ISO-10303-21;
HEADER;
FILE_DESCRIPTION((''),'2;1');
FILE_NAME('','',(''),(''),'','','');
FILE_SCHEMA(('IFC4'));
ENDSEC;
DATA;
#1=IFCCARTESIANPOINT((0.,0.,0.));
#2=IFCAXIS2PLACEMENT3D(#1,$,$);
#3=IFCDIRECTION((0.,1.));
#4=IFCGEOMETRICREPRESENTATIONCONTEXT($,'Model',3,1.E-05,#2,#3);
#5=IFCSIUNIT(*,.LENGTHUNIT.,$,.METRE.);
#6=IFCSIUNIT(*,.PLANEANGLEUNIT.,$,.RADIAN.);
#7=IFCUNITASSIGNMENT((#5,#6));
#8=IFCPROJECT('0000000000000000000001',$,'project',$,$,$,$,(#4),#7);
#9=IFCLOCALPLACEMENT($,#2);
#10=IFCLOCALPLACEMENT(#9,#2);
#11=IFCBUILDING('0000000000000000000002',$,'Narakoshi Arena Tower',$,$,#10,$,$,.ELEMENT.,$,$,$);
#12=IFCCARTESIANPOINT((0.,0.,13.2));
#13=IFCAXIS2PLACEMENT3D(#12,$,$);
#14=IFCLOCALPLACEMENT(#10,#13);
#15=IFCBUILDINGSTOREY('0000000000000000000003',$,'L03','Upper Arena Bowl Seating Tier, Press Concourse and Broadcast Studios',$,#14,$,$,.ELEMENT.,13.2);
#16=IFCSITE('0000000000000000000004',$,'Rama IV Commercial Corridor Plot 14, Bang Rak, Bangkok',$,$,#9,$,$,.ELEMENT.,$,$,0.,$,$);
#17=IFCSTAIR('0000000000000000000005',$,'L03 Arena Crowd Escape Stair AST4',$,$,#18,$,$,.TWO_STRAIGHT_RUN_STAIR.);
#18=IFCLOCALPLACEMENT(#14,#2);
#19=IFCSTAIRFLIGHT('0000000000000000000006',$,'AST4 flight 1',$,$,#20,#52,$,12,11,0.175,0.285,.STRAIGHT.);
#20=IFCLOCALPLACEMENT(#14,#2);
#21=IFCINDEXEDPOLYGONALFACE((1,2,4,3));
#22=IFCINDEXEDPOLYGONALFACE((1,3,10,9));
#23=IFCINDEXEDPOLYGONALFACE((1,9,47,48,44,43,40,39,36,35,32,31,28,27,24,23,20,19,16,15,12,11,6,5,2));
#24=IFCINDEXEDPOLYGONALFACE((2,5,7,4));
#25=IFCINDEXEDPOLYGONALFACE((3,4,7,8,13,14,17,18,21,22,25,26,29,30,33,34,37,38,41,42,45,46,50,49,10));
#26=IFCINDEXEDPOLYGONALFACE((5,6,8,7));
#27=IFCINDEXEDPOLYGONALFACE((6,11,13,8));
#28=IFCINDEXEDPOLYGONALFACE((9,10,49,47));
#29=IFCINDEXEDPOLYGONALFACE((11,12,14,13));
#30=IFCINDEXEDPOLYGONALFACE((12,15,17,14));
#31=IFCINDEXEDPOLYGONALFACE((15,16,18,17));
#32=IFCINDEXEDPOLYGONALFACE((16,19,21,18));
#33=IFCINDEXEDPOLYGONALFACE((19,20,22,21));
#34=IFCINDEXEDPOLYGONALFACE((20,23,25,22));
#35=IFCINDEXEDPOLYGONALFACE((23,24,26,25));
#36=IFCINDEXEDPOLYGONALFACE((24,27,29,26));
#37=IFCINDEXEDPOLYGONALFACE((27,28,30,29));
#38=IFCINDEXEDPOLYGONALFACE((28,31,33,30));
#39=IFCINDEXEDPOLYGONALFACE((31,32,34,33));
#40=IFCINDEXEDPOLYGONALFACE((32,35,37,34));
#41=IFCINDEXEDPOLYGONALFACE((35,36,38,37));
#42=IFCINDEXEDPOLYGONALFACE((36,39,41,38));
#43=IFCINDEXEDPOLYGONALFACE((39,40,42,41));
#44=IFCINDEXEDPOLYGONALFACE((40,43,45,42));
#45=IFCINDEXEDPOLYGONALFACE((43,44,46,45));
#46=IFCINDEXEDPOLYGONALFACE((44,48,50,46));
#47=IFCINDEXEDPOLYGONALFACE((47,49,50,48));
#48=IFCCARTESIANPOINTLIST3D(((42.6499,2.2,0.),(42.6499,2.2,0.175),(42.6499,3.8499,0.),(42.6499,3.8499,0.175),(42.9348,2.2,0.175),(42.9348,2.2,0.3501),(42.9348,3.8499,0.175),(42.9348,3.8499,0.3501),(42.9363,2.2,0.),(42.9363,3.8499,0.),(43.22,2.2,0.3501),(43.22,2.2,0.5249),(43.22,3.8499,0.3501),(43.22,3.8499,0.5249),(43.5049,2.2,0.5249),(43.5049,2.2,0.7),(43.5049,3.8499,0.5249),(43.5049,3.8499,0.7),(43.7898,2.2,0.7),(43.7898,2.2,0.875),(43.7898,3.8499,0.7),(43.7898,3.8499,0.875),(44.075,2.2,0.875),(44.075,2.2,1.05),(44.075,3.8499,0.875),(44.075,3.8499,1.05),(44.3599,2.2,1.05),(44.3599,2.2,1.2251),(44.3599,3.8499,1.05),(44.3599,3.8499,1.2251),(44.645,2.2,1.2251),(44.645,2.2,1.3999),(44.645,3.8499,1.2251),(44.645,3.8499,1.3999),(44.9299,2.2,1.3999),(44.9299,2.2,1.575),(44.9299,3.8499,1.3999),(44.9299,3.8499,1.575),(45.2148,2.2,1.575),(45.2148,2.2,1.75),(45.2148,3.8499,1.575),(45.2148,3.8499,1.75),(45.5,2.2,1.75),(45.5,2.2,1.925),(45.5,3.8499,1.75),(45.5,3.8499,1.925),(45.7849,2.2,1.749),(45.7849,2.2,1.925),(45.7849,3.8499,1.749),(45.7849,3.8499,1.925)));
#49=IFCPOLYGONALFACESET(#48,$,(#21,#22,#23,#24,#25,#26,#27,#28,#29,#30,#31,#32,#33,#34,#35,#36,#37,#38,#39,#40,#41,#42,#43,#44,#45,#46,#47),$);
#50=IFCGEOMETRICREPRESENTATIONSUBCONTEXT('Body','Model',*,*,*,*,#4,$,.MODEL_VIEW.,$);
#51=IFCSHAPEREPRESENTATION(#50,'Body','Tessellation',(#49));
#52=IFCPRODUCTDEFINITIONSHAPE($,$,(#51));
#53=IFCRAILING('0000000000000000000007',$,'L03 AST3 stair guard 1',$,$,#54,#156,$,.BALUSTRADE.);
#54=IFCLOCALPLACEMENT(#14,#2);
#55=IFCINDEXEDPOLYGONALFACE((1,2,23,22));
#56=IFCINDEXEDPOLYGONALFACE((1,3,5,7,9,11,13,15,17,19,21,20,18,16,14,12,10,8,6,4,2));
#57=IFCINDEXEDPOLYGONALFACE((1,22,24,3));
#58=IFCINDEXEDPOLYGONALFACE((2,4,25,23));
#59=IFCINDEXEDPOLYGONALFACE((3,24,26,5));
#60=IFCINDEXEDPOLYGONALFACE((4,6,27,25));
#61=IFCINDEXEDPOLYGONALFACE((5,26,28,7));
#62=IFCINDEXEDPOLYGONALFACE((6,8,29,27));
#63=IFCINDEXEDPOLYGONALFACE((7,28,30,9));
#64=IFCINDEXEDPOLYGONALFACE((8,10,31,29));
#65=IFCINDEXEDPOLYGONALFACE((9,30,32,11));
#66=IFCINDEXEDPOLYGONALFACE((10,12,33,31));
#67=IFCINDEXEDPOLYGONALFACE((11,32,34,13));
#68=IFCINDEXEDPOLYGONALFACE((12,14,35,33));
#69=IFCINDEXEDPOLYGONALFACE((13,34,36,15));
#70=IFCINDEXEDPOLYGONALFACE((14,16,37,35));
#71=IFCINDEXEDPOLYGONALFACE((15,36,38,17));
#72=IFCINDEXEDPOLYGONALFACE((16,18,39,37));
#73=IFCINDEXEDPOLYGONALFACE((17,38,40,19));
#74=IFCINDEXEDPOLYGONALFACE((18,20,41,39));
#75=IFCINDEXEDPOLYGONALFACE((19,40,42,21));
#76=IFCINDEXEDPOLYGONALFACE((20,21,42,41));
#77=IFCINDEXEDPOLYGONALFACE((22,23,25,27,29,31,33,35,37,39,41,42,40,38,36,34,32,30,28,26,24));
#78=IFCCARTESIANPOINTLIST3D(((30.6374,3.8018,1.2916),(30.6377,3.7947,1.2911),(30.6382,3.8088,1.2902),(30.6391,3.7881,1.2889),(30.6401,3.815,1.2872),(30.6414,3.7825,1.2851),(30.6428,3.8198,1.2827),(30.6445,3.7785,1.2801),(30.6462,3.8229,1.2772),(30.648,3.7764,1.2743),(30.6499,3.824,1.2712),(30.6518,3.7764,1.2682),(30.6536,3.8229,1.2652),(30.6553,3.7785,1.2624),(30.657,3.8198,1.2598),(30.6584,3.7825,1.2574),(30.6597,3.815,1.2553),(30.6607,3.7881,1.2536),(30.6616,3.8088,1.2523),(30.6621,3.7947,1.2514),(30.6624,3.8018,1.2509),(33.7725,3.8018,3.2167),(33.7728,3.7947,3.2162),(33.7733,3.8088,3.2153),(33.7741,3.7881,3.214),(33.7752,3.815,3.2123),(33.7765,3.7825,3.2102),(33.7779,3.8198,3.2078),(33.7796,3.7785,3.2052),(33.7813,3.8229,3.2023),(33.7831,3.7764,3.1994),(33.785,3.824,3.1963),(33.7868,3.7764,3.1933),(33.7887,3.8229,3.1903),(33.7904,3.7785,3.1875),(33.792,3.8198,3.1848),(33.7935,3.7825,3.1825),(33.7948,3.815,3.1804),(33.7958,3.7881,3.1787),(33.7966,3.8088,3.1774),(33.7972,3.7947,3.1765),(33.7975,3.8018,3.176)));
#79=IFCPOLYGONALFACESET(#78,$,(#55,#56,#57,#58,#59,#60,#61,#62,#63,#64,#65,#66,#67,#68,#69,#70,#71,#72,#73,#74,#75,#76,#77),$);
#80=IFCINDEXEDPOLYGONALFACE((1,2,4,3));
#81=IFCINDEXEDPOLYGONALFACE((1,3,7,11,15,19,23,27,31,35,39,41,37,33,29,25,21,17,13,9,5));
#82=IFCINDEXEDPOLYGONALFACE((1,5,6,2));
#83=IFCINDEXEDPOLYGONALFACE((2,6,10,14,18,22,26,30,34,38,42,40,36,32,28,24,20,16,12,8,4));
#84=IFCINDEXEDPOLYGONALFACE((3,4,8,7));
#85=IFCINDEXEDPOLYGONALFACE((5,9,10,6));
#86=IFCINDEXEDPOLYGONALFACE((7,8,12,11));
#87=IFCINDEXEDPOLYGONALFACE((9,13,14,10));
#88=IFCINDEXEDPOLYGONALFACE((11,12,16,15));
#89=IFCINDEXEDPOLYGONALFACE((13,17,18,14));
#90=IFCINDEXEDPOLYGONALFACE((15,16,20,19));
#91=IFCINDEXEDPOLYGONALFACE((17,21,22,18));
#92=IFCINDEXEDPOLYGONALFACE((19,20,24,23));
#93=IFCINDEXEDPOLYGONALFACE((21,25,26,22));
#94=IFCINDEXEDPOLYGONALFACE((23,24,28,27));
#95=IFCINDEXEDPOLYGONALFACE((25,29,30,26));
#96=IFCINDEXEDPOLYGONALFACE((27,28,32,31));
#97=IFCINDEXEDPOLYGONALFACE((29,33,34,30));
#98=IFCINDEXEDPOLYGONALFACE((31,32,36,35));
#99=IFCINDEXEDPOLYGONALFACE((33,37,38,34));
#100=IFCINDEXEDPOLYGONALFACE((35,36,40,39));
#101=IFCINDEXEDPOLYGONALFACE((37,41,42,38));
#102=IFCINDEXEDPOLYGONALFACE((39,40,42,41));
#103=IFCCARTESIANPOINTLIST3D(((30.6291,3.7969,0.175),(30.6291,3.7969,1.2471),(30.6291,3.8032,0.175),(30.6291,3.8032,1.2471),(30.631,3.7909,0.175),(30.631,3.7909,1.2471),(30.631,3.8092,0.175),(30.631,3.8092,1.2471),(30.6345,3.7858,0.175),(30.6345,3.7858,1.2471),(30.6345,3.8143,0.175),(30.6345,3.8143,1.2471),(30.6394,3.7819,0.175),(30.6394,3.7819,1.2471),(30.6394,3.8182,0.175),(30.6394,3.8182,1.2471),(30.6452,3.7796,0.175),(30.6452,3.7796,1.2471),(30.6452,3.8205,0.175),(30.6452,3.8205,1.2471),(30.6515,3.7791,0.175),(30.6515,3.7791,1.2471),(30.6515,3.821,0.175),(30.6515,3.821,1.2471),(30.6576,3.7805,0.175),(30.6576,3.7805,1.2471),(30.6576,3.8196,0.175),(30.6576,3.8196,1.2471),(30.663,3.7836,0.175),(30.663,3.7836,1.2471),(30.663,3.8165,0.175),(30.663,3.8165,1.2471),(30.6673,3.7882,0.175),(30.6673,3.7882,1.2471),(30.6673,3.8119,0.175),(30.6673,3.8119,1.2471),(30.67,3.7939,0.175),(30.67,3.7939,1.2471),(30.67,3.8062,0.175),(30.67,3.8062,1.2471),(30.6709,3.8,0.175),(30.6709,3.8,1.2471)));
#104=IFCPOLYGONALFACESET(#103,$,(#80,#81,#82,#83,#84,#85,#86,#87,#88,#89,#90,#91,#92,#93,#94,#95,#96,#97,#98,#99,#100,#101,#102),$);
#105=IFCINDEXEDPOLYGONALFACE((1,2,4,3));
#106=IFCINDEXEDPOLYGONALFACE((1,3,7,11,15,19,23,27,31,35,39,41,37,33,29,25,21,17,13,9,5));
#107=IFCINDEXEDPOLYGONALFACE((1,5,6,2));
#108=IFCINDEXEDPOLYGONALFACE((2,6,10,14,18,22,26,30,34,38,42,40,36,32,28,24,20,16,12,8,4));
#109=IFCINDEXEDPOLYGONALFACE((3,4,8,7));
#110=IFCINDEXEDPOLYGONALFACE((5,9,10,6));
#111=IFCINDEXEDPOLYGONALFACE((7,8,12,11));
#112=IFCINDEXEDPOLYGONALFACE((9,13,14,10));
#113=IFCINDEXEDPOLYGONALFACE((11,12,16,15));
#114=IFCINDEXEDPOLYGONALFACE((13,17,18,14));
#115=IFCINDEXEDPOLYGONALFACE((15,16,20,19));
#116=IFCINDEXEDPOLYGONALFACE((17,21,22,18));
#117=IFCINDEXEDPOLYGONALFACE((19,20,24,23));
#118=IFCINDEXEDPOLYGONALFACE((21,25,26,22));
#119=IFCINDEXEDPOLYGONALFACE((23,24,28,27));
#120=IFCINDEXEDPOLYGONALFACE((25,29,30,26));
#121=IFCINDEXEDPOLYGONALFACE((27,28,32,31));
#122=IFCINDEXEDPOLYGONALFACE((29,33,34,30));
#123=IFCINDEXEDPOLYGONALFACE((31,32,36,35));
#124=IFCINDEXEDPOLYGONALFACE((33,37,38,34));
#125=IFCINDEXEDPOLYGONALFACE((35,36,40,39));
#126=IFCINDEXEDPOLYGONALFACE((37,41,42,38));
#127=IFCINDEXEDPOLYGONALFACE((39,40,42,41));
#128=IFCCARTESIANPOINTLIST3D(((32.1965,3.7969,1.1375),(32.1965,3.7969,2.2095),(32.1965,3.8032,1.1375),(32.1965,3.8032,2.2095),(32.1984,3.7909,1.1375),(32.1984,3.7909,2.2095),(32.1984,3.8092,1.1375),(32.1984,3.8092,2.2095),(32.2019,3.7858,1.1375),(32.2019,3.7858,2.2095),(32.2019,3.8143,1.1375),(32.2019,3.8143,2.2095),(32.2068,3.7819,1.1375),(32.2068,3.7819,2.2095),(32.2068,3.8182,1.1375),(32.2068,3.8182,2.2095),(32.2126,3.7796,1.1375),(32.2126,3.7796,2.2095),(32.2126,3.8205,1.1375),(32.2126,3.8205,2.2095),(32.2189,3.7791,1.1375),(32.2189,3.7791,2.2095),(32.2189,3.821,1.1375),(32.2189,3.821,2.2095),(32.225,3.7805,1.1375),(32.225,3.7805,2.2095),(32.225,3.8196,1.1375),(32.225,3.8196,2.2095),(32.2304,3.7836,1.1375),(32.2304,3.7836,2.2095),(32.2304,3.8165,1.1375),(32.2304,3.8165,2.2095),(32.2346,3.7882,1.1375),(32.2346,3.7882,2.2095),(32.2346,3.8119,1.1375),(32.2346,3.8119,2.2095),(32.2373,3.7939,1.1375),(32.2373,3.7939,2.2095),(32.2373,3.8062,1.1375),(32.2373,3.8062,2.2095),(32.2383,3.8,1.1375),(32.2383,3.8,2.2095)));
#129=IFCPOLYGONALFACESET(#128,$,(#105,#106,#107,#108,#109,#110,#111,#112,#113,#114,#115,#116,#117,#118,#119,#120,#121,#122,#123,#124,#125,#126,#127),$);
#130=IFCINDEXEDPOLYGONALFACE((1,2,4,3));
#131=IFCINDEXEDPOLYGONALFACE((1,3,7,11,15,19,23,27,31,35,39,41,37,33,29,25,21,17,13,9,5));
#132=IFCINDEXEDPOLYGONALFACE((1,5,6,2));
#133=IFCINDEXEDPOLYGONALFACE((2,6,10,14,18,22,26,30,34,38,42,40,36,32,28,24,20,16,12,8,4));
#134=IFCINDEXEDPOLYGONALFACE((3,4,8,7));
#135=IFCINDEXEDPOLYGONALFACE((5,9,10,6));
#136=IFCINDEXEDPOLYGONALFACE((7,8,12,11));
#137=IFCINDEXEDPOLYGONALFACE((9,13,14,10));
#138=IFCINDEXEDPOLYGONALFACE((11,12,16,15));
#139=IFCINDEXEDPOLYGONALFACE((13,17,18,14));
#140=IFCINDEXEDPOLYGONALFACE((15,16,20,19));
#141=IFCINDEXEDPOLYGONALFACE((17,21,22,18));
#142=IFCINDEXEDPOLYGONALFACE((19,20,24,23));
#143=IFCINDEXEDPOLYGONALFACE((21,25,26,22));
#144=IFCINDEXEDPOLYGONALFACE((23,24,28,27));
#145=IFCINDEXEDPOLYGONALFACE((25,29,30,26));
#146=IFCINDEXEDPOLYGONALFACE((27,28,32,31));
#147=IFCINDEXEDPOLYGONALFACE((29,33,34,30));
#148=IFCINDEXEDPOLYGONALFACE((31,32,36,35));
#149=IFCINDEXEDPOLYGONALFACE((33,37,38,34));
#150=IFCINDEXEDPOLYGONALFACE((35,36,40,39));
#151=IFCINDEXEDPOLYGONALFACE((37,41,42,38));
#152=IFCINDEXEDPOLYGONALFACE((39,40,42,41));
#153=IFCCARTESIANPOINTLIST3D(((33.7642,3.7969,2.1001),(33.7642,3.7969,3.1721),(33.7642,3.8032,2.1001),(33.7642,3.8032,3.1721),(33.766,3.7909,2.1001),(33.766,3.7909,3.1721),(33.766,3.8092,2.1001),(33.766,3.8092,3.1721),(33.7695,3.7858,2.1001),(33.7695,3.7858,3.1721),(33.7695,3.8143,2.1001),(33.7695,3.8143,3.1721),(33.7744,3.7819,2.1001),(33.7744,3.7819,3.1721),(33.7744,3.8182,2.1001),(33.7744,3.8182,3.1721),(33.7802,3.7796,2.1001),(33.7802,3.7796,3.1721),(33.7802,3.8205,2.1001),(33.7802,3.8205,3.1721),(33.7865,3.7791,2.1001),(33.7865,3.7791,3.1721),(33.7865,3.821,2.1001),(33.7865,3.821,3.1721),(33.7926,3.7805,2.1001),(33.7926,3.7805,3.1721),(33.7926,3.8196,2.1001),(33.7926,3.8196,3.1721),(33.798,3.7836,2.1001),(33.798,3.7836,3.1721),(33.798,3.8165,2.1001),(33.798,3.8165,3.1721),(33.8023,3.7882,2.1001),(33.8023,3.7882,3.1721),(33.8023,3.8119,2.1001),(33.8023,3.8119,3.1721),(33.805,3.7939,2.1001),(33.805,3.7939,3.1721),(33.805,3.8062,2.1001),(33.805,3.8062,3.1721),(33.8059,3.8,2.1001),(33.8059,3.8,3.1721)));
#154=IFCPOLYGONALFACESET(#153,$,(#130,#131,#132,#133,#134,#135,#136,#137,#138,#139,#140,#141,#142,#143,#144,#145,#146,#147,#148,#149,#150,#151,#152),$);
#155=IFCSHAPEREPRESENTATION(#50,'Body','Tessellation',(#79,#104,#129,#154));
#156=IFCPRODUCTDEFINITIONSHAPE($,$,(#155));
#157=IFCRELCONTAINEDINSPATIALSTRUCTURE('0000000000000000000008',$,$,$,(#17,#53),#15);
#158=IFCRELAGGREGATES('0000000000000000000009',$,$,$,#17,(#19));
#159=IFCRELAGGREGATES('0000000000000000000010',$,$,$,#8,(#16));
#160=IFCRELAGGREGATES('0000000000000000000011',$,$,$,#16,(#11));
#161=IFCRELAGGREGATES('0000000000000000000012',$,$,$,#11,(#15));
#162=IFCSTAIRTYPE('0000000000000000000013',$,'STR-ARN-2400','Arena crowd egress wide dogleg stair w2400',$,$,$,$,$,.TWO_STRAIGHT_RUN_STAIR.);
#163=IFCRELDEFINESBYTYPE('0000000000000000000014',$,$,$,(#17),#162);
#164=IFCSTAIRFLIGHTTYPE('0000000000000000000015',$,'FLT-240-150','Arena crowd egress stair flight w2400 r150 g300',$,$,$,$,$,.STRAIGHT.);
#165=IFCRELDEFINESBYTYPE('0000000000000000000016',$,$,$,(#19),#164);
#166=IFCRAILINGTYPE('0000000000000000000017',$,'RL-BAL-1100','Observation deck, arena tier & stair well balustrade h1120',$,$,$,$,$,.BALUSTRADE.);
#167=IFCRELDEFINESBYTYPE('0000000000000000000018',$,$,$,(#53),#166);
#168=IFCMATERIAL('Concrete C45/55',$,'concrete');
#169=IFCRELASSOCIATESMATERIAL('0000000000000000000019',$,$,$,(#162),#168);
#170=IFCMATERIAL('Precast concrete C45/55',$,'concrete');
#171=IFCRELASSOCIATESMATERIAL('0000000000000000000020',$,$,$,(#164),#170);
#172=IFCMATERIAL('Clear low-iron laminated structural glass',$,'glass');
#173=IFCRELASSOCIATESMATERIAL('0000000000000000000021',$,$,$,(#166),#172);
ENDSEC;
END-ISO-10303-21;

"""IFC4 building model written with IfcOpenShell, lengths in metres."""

from ifc_helpers import new_model, si_unit, direction, frame, origin, origin_2d, place, context, subcontext, project, spatial, polyline, circle, outline, extrude, material, type_object, element, aggregate, save


model = new_model("IFC4")

# Units and contexts
model_context = context("Model", 3, precision=1e-05, world=origin(), true_north=direction((0.0, 1.0)))
body_context = subcontext(model_context, "Body", "Model", "MODEL_VIEW")
ifc_project = project(units=[si_unit("LENGTHUNIT", "METRE"), si_unit("PLANEANGLEUNIT", "RADIAN")], contexts=[model_context])

# Site, building, storey
site_placement = place(None, origin())
site = spatial("IfcSite", under=ifc_project, at=site_placement, Name="Rama IV Commercial Corridor Plot 14, Bang Rak, Bangkok", CompositionType="ELEMENT", RefElevation=0.0)
building_placement = place(site_placement, origin())
building = spatial("IfcBuilding", under=site, at=building_placement, Name="Narakoshi Arena Tower", CompositionType="ELEMENT")
storey_placement = place(building_placement, frame((0.0, 0.0, 13.2)))
storey = spatial("IfcBuildingStorey", under=building, at=storey_placement, Name="L03", Description="Upper Arena Bowl Seating Tier, Press Concourse and Broadcast Studios", CompositionType="ELEMENT", Elevation=13.2)

# Shared definitions
ifc_material_1 = material(Name="Concrete C45/55", Category="concrete")
stair_type = type_object("IfcStairType", Name="STR-ARN-2400", Description="Arena crowd egress wide dogleg stair w2400", PredefinedType="TWO_STRAIGHT_RUN_STAIR", material=ifc_material_1)
ifc_material_2 = material(Name="Precast concrete C45/55", Category="concrete")
stair_flight_type = type_object("IfcStairFlightType", Name="FLT-240-150", Description="Arena crowd egress stair flight w2400 r150 g300", PredefinedType="STRAIGHT", material=ifc_material_2)

# Stair, stair flight
stair_1_placement = place(storey_placement, origin())
stair_1 = element("IfcStair", 1, at=stair_1_placement, inside=storey, type_object=stair_type, Name="L03 Arena Crowd Escape Stair AST4", PredefinedType="TWO_STRAIGHT_RUN_STAIR")
stair_flight_1_placement = place(storey_placement, frame((42.6499, 3.0249, 0.0), z_axis=(0.0, 0.0, 1.0), x_axis=(1.0, 0.0, 0.0)))
stair_flight_1 = element("IfcStairFlight", 2, at=stair_flight_1_placement, type_object=stair_flight_type, Name="AST4 flight 1", NumberOfRisers=12, NumberOfTreads=11, PredefinedType="STRAIGHT", RiserHeight=0.175, TreadLength=0.285, context=body_context, shape_type="SweptSolid", body=[
    extrude(outline(polyline([(0.0, 0.0), (0.0, 0.175), (0.2849, 0.175), (0.2849, 0.3501), (0.5701, 0.3501), (0.5701, 0.5249), (0.855, 0.5249), (0.855, 0.7), (1.1399, 0.7), (1.1399, 0.875), (1.425, 0.875), (1.425, 1.05), (1.71, 1.05), (1.71, 1.2251), (1.9951, 1.2251), (1.9951, 1.3999), (2.28, 1.3999), (2.28, 1.575), (2.5649, 1.575), (2.5649, 1.75), (2.8501, 1.75), (2.8501, 1.925), (3.135, 1.925), (3.135, 2.1001), (3.135, 1.749), (0.2864, 0.0), (0.0, 0.0)])), frame((0.0, 0.825, 0.0), z_axis=(0.0, -1.0, 0.0), x_axis=(1.0, 0.0, 0.0)), (0.0, 0.0, 1.0), 1.6499),
])
aggregate(stair_1, [stair_flight_1])

# Railing
ifc_material_3 = material(Name="Clear low-iron laminated structural glass", Category="glass")
railing_type_1 = type_object("IfcRailingType", Name="RL-BAL-1100", Description="Observation deck, arena tier & stair well balustrade h1120", PredefinedType="BALUSTRADE", material=ifc_material_3)
railing_1_placement = place(storey_placement, frame((30.6499, 3.8, 0.175)))
element("IfcRailing", 3, at=railing_1_placement, inside=storey, type_object=railing_type_1, Name="L03 AST3 stair guard 1", PredefinedType="BALUSTRADE", context=body_context, shape_type="SweptSolid", body=[
    extrude(circle(Radius=0.0239, at=origin_2d()), frame((0.0, 0.0, 1.0962), z_axis=(0.852166, 0.0, 0.523271), x_axis=(0.0, 1.0, 0.0)), (0.0, 0.0, 1.0), 3.679),
    extrude(circle(Radius=0.021, at=origin_2d()), origin(), (0.0, 0.0, 1.0), 1.072),
    extrude(circle(Radius=0.021, at=origin_2d()), frame((1.5674, 0.0, 0.9624)), (0.0, 0.0, 1.0), 1.072),
    extrude(circle(Radius=0.021, at=origin_2d()), frame((3.135, 0.0, 1.925)), (0.0, 0.0, 1.0), 1.072),
])

save(model, "model.ifc")
